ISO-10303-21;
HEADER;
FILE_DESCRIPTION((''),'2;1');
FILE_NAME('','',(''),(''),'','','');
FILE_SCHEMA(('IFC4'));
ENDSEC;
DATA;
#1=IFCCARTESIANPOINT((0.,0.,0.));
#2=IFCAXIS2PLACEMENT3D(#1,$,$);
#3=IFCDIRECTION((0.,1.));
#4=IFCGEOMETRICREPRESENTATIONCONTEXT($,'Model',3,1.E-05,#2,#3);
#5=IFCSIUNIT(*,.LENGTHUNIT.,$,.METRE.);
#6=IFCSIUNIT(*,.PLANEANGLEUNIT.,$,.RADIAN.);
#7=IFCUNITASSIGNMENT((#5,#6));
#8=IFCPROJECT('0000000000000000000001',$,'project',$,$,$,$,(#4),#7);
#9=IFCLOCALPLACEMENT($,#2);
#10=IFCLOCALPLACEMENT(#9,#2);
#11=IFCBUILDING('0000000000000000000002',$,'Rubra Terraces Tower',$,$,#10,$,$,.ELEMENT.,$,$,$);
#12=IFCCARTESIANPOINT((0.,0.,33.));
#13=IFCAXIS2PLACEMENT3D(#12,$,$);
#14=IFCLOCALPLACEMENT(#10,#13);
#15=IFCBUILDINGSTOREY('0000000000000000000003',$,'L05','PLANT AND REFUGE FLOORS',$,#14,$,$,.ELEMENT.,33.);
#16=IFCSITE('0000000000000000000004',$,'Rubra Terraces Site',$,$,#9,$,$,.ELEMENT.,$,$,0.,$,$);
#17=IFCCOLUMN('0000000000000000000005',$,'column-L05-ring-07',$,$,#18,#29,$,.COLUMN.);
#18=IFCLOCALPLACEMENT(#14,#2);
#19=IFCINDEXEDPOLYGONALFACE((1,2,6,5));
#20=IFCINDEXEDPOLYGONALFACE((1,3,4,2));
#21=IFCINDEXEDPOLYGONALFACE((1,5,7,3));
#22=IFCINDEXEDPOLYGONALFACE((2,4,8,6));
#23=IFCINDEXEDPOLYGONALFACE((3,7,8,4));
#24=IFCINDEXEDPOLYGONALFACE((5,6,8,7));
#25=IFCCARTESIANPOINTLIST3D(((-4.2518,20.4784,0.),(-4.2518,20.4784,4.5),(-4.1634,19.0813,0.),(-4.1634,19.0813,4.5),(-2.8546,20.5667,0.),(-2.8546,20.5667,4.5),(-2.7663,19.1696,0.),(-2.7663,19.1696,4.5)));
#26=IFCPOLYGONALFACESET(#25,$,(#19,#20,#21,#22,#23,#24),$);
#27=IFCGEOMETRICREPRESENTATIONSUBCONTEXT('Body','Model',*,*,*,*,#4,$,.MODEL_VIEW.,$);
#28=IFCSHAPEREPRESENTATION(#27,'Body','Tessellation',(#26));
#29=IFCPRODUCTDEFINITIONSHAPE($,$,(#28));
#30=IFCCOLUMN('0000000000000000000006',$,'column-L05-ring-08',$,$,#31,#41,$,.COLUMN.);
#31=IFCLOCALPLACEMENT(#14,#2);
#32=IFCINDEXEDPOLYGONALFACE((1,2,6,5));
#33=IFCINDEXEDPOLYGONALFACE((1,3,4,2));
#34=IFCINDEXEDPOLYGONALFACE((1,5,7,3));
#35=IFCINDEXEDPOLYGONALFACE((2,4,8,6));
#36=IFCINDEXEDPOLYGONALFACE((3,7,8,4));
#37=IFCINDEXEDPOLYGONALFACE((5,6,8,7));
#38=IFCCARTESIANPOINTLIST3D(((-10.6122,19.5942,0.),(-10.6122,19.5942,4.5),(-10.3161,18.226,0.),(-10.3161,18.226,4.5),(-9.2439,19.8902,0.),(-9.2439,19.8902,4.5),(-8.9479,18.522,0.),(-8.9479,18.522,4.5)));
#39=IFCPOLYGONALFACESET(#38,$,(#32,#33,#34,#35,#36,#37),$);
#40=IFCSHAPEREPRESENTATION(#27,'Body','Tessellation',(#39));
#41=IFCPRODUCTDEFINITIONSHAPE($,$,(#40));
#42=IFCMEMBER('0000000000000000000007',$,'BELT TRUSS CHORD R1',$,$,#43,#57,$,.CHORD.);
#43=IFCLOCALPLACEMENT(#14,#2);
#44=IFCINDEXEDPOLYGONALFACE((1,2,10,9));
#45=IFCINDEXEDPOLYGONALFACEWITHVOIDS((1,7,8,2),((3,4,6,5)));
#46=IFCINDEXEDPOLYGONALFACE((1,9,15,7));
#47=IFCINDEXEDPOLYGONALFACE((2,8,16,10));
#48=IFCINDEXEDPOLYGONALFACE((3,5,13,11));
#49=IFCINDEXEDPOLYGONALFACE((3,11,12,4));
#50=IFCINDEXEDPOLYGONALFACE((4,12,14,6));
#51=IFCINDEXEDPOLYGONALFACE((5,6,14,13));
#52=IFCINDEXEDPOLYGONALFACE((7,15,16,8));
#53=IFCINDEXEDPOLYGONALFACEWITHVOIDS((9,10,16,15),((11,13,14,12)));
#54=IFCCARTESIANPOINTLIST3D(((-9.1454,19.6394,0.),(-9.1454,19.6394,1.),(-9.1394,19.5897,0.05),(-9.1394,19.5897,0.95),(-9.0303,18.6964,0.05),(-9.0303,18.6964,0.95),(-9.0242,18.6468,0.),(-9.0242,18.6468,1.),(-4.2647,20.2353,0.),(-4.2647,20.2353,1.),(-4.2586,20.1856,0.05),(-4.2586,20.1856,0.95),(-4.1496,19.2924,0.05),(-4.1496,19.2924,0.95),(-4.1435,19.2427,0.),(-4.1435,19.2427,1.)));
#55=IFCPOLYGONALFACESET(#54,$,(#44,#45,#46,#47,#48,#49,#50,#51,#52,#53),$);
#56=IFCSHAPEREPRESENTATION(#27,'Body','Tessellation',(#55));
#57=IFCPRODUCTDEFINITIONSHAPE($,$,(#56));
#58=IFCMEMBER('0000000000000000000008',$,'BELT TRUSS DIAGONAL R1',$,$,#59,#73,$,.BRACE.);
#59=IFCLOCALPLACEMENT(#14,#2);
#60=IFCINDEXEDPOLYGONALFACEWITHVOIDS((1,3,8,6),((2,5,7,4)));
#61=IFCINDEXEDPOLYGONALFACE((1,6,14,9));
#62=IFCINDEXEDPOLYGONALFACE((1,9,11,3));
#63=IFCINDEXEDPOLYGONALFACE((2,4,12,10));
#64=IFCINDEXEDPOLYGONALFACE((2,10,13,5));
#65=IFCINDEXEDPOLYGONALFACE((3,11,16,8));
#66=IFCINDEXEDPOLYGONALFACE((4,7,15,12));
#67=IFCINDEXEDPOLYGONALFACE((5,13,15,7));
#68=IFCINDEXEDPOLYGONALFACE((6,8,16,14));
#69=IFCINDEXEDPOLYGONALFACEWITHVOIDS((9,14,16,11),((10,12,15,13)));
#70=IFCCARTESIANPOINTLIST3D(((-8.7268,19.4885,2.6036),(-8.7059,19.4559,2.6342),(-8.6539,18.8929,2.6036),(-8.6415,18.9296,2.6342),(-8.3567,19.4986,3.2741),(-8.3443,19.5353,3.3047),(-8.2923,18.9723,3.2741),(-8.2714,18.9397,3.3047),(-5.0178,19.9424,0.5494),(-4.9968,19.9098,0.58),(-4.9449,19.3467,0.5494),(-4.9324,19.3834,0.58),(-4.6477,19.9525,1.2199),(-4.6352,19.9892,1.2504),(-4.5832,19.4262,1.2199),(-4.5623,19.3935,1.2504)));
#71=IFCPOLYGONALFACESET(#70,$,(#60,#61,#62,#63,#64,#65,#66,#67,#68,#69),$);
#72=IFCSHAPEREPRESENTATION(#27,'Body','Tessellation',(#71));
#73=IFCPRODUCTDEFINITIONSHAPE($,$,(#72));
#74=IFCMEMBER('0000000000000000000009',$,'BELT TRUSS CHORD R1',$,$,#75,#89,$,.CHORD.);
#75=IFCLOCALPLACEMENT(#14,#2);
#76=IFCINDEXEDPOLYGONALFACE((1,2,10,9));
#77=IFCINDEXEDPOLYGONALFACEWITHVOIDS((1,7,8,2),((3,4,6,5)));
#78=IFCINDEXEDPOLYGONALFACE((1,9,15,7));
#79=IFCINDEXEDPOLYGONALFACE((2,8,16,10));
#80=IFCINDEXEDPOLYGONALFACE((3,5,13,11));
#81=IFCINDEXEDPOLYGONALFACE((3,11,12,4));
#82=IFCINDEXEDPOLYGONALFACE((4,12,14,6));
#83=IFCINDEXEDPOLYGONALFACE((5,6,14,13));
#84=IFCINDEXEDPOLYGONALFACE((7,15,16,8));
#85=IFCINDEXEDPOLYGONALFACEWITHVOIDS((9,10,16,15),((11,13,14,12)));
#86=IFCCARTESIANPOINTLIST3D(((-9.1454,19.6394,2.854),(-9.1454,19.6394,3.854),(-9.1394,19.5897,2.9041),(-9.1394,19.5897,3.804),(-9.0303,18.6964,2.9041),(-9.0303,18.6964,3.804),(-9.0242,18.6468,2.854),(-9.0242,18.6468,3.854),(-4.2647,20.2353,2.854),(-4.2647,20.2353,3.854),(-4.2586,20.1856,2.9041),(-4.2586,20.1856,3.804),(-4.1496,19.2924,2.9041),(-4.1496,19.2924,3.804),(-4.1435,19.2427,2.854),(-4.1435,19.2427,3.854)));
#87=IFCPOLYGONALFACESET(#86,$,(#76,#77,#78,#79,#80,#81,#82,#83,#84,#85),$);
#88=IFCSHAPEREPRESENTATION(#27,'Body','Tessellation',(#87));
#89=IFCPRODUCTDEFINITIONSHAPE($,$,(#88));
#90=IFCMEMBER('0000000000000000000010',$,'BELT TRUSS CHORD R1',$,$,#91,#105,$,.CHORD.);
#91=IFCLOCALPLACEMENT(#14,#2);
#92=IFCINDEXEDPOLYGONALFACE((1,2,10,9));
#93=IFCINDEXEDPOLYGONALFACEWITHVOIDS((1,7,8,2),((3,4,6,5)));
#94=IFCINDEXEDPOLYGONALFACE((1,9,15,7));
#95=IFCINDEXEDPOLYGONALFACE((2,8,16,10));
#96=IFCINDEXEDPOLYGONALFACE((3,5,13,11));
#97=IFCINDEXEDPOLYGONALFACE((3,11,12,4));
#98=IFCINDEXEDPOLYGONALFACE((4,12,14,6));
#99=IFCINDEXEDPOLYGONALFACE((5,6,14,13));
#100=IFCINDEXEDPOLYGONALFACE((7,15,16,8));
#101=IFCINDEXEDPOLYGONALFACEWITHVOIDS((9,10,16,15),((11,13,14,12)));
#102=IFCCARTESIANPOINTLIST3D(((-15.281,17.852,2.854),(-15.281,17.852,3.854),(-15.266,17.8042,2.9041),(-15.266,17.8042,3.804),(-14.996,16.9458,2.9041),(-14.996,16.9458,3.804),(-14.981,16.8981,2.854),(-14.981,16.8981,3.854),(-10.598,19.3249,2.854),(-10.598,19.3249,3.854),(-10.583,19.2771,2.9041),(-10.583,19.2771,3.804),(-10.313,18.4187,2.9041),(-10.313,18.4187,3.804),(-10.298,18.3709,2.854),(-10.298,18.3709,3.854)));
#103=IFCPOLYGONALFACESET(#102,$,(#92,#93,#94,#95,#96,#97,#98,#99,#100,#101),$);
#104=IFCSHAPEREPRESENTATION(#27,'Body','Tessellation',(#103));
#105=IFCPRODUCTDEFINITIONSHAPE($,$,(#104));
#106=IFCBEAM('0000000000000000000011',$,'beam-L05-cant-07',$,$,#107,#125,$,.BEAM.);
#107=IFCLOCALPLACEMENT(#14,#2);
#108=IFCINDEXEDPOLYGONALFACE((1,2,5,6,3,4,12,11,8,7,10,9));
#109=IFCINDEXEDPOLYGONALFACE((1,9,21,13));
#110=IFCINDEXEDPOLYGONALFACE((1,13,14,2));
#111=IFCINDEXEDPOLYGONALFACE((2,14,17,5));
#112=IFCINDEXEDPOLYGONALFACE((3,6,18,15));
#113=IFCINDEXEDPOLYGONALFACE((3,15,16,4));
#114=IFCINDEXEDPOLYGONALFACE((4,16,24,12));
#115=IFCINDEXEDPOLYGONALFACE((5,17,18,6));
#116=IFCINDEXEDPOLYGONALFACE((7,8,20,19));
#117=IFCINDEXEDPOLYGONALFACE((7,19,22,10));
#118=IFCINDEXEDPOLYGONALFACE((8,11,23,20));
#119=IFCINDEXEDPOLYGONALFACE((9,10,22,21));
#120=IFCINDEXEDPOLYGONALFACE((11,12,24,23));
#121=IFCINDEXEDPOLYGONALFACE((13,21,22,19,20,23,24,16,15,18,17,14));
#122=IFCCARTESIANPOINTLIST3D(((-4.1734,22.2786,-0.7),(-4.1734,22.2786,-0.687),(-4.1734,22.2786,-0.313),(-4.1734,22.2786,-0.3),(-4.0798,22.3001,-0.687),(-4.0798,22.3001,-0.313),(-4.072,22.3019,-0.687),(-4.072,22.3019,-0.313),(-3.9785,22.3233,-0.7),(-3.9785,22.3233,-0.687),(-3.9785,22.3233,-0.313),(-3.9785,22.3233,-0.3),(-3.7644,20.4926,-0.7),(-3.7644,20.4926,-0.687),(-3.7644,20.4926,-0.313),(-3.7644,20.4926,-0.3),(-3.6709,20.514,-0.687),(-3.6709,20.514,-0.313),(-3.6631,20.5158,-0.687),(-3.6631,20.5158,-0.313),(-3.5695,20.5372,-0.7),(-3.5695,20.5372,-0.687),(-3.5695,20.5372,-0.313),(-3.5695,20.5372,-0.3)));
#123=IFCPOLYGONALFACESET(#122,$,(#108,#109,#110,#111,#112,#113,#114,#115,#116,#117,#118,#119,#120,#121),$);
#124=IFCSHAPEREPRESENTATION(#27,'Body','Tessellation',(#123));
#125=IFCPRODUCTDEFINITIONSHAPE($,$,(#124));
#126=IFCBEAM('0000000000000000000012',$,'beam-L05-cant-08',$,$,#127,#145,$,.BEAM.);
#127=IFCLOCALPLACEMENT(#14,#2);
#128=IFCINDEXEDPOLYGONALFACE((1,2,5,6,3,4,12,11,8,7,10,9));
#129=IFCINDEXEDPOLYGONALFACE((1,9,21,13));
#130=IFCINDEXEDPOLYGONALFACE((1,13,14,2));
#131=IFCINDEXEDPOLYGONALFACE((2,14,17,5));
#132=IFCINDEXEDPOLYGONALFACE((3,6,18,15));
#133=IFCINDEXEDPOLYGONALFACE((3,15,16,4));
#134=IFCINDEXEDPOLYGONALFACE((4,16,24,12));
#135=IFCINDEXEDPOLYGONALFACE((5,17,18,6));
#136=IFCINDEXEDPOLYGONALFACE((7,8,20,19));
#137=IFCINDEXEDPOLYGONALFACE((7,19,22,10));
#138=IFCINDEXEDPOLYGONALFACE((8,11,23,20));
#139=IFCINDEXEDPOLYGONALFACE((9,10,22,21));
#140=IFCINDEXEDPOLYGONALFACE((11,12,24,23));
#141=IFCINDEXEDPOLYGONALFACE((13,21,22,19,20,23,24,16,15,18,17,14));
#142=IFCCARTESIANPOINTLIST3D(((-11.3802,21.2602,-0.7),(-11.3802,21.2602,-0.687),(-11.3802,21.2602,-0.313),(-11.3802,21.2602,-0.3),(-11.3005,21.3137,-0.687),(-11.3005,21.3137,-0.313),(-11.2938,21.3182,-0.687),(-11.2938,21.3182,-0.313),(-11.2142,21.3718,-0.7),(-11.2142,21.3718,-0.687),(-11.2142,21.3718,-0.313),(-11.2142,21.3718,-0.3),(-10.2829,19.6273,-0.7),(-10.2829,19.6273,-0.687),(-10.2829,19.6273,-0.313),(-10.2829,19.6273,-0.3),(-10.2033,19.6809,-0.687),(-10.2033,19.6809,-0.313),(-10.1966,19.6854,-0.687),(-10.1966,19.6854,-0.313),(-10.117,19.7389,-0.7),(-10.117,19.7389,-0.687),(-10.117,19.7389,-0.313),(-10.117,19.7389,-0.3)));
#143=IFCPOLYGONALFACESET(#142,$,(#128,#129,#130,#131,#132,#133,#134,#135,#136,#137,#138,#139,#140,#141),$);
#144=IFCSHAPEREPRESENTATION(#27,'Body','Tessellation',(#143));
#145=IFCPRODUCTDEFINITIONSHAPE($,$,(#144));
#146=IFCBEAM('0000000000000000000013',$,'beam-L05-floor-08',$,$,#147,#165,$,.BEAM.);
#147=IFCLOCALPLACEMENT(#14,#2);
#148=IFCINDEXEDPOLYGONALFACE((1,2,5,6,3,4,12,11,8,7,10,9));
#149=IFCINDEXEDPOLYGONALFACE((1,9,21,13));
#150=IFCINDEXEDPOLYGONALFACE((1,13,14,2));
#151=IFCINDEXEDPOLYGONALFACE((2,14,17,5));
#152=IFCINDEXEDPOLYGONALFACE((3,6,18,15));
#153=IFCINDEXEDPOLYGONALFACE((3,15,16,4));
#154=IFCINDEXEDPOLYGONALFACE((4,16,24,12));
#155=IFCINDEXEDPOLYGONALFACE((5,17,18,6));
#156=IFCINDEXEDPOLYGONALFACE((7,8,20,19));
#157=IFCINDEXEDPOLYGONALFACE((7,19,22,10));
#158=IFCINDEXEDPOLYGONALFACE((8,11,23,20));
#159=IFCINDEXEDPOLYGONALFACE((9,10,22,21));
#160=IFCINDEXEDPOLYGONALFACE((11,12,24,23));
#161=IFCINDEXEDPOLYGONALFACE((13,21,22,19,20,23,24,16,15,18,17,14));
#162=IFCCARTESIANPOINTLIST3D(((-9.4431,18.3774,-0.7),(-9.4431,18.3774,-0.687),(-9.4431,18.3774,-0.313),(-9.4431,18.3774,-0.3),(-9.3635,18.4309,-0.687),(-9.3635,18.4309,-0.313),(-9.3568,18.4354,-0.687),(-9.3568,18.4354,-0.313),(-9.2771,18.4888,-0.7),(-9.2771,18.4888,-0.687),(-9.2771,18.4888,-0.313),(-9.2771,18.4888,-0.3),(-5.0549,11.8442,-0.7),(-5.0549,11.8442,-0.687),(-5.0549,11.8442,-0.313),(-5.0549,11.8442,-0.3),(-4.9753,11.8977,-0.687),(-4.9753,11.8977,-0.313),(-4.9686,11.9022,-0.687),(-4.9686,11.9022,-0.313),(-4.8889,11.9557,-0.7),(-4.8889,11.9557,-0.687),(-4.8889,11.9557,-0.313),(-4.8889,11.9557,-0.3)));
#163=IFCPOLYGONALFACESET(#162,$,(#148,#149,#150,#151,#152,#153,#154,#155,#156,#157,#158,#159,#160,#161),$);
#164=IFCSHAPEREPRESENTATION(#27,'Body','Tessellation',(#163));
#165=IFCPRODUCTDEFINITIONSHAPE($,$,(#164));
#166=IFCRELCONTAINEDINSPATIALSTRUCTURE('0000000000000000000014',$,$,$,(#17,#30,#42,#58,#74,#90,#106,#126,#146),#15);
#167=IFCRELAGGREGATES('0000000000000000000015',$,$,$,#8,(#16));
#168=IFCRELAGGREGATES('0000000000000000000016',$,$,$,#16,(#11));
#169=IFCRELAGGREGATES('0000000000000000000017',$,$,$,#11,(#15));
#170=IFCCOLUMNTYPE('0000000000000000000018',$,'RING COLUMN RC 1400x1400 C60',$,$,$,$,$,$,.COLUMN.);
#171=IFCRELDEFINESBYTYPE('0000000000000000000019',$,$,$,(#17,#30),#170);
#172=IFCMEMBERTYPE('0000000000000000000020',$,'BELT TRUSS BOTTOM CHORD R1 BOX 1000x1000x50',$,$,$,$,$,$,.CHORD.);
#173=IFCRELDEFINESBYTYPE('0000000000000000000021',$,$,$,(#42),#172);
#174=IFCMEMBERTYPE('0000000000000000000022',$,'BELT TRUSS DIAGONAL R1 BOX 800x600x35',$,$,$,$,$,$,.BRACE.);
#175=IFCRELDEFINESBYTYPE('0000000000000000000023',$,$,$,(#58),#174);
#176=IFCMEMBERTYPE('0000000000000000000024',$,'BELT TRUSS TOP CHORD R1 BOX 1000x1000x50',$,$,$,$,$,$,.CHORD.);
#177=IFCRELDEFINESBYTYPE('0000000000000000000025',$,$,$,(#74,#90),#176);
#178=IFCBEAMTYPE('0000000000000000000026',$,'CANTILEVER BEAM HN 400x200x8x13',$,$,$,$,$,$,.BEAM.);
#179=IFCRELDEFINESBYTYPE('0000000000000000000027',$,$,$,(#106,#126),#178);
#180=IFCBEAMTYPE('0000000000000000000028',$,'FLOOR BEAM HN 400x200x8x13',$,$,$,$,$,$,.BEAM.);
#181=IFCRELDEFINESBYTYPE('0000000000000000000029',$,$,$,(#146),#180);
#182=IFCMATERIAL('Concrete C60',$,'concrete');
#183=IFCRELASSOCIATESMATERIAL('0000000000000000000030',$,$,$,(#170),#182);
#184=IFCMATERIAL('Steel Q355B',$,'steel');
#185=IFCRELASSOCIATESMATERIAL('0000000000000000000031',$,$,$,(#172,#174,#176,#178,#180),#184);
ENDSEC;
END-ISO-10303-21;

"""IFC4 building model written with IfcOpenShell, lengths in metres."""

from ifc_helpers import new_model, si_unit, direction, frame, origin, origin_2d, place, context, subcontext, project, spatial, rectangle, hollow_rectangle, i_section, extrude, material, material_profile, profile_set, type_object, element, save


model = new_model("IFC4")

# Units and contexts
model_context = context("Model", 3, precision=1e-05, world=origin(), true_north=direction((0.0, 1.0)))
body_context = subcontext(model_context, "Body", "Model", "MODEL_VIEW")
ifc_project = project(units=[si_unit("LENGTHUNIT", "METRE"), si_unit("PLANEANGLEUNIT", "RADIAN")], contexts=[model_context])

# Site, building, storey
site_placement = place(None, origin())
site = spatial("IfcSite", under=ifc_project, at=site_placement, Name="Rubra Terraces Site", CompositionType="ELEMENT", RefElevation=0.0)
building_placement = place(site_placement, origin())
building = spatial("IfcBuilding", under=site, at=building_placement, Name="Rubra Terraces Tower", CompositionType="ELEMENT")
storey_placement = place(building_placement, frame((0.0, 0.0, 33.0)))
storey = spatial("IfcBuildingStorey", under=building, at=storey_placement, Name="L05", Description="PLANT AND REFUGE FLOORS", CompositionType="ELEMENT", Elevation=33.0)

# Columns
ifc_material_1 = material(Name="Concrete C60", Category="concrete")
ifc_material_profile_1 = material_profile(ifc_material_1, rectangle(XDim=1.3999, YDim=1.3999, at=origin_2d()), Name="RC 1400x1400")
ifc_profile_set_1 = profile_set([ifc_material_profile_1], Name="Concrete C60")
column_type = type_object("IfcColumnType", Name="RING COLUMN RC 1400x1400 C60", PredefinedType="COLUMN", material=ifc_profile_set_1)
for number, where, z_axis, x_axis, name in (
    (1, (-3.509, 19.824, 0.0), (0.0, 0.0, 1.0), (-0.998008, -0.063094, 0.0), "column-L05-ring-07"),
    (2, (-9.78, 19.0581, 0.0), (0.0, 0.0, 1.0), (-0.977386, -0.211462, 0.0), "column-L05-ring-08"),
):
    element("IfcColumn", number, at=place(storey_placement, frame(where, z_axis=z_axis, x_axis=x_axis)), inside=storey, type_object=column_type, Name=name, PredefinedType="COLUMN", context=body_context, shape_type="SweptSolid", body=[
        extrude(rectangle(XDim=1.3999, YDim=1.3999, at=origin_2d()), origin(), (0.0, 0.0, 1.0), 4.5),
    ])

# Members
ifc_material_2 = material(Name="Steel Q355B", Category="steel")
ifc_material_profile_2 = material_profile(ifc_material_2, hollow_rectangle(XDim=1.0, YDim=1.0, WallThickness=0.05, at=origin_2d()), Name="BOX 1000x1000x50")
ifc_profile_set_2 = profile_set([ifc_material_profile_2], Name="Steel Q355B")
member_type_1 = type_object("IfcMemberType", Name="BELT TRUSS BOTTOM CHORD R1 BOX 1000x1000x50", PredefinedType="CHORD", material=ifc_profile_set_2)
member_1_placement = place(storey_placement, frame((-4.2041, 19.739, 0.5), z_axis=(-0.992628, -0.121199, 0.0), x_axis=(0.121199, -0.992628, 0.0)))
element("IfcMember", 3, at=member_1_placement, inside=storey, type_object=member_type_1, Name="BELT TRUSS CHORD R1", PredefinedType="CHORD", context=body_context, shape_type="SweptSolid", body=[
    extrude(hollow_rectangle(XDim=1.0, YDim=1.0, WallThickness=0.05, at=origin_2d()), origin(), (0.0, 0.0, 1.0), 4.917),
])
ifc_material_profile_3 = material_profile(ifc_material_2, hollow_rectangle(XDim=0.6001, YDim=0.8, WallThickness=0.0349, at=origin_2d()), Name="BOX 800x600x35")
ifc_profile_set_3 = profile_set([ifc_material_profile_3], Name="Steel Q355B")
member_type_2 = type_object("IfcMemberType", Name="BELT TRUSS DIAGONAL R1 BOX 800x600x35", PredefinedType="BRACE", material=ifc_profile_set_3)
member_2_placement = place(storey_placement, frame((-4.79, 19.668, 0.8999), z_axis=(-0.869823, -0.106438, 0.481746), x_axis=(0.121461, -0.992596, 0.0)))
element("IfcMember", 4, at=member_2_placement, inside=storey, type_object=member_type_2, Name="BELT TRUSS DIAGONAL R1", PredefinedType="BRACE", context=body_context, shape_type="SweptSolid", body=[
    extrude(hollow_rectangle(XDim=0.6001, YDim=0.8, WallThickness=0.0349, at=origin_2d()), origin(), (0.0, 0.0, 1.0), 4.2642),
])
ifc_material_profile_4 = material_profile(ifc_material_2, hollow_rectangle(XDim=1.0, YDim=1.0, WallThickness=0.05, at=origin_2d()), Name="BOX 1000x1000x50")
ifc_profile_set_4 = profile_set([ifc_material_profile_4], Name="Steel Q355B")
member_type_3 = type_object("IfcMemberType", Name="BELT TRUSS TOP CHORD R1 BOX 1000x1000x50", PredefinedType="CHORD", material=ifc_profile_set_4)
member_3_placement = place(storey_placement, frame((-4.2041, 19.739, 3.354), z_axis=(-0.992628, -0.121199, 0.0), x_axis=(0.121199, -0.992628, 0.0)))
element("IfcMember", 5, at=member_3_placement, inside=storey, type_object=member_type_3, Name="BELT TRUSS CHORD R1", PredefinedType="CHORD", context=body_context, shape_type="SweptSolid", body=[
    extrude(hollow_rectangle(XDim=1.0, YDim=1.0, WallThickness=0.05, at=origin_2d()), origin(), (0.0, 0.0, 1.0), 4.917),
])
member_4_placement = place(storey_placement, frame((-10.448, 18.8479, 3.354), z_axis=(-0.953932, -0.300024, 0.0), x_axis=(0.300024, -0.953932, 0.0)))
element("IfcMember", 6, at=member_4_placement, inside=storey, type_object=member_type_3, Name="BELT TRUSS CHORD R1", PredefinedType="CHORD", context=body_context, shape_type="SweptSolid", body=[
    extrude(hollow_rectangle(XDim=1.0, YDim=1.0, WallThickness=0.05, at=origin_2d()), origin(), (0.0, 0.0, 1.0), 4.9092),
])

# Beams
ifc_material_profile_5 = material_profile(ifc_material_2, i_section(OverallWidth=0.2, OverallDepth=0.3999, WebThickness=0.0081, FlangeThickness=0.0129, at=origin_2d()), Name="HN 400x200x8x13")
ifc_profile_set_5 = profile_set([ifc_material_profile_5], Name="Steel Q355B")
beam_type_1 = type_object("IfcBeamType", Name="CANTILEVER BEAM HN 400x200x8x13", PredefinedType="BEAM", material=ifc_profile_set_5)
beam_1_placement = place(storey_placement, frame((-3.667, 20.5149, -0.5), z_axis=(-0.223176, 0.974778, 0.0), x_axis=(-0.974778, -0.223176, 0.0)))
element("IfcBeam", 7, at=beam_1_placement, inside=storey, type_object=beam_type_1, Name="beam-L05-cant-07", PredefinedType="BEAM", context=body_context, shape_type="SweptSolid", body=[
    extrude(i_section(OverallWidth=0.2, OverallDepth=0.3999, WebThickness=0.0081, FlangeThickness=0.0129, at=origin_2d()), origin(), (0.0, 0.0, 1.0), 1.8323),
])
beam_2_placement = place(storey_placement, frame((-10.2, 19.6831, -0.5), z_axis=(-0.557732, 0.830021, 0.0), x_axis=(-0.830021, -0.557732, 0.0)))
element("IfcBeam", 8, at=beam_2_placement, inside=storey, type_object=beam_type_1, Name="beam-L05-cant-08", PredefinedType="BEAM", context=body_context, shape_type="SweptSolid", body=[
    extrude(i_section(OverallWidth=0.2, OverallDepth=0.3999, WebThickness=0.0081, FlangeThickness=0.0129, at=origin_2d()), origin(), (0.0, 0.0, 1.0), 1.9673),
])
ifc_material_profile_6 = material_profile(ifc_material_2, i_section(OverallWidth=0.2, OverallDepth=0.3999, WebThickness=0.0081, FlangeThickness=0.0129, at=origin_2d()), Name="HN 400x200x8x13")
ifc_profile_set_6 = profile_set([ifc_material_profile_6], Name="Steel Q355B")
beam_type_2 = type_object("IfcBeamType", Name="FLOOR BEAM HN 400x200x8x13", PredefinedType="BEAM", material=ifc_profile_set_6)
beam_3_placement = place(storey_placement, frame((-9.3601, 18.4331, -0.5), z_axis=(0.557575, -0.830127, 0.0), x_axis=(0.830127, 0.557575, 0.0)))
element("IfcBeam", 9, at=beam_3_placement, inside=storey, type_object=beam_type_2, Name="beam-L05-floor-08", PredefinedType="BEAM", context=body_context, shape_type="SweptSolid", body=[
    extrude(i_section(OverallWidth=0.2, OverallDepth=0.3999, WebThickness=0.0081, FlangeThickness=0.0129, at=origin_2d()), origin(), (0.0, 0.0, 1.0), 7.8701),
])

save(model, "model.ifc")
